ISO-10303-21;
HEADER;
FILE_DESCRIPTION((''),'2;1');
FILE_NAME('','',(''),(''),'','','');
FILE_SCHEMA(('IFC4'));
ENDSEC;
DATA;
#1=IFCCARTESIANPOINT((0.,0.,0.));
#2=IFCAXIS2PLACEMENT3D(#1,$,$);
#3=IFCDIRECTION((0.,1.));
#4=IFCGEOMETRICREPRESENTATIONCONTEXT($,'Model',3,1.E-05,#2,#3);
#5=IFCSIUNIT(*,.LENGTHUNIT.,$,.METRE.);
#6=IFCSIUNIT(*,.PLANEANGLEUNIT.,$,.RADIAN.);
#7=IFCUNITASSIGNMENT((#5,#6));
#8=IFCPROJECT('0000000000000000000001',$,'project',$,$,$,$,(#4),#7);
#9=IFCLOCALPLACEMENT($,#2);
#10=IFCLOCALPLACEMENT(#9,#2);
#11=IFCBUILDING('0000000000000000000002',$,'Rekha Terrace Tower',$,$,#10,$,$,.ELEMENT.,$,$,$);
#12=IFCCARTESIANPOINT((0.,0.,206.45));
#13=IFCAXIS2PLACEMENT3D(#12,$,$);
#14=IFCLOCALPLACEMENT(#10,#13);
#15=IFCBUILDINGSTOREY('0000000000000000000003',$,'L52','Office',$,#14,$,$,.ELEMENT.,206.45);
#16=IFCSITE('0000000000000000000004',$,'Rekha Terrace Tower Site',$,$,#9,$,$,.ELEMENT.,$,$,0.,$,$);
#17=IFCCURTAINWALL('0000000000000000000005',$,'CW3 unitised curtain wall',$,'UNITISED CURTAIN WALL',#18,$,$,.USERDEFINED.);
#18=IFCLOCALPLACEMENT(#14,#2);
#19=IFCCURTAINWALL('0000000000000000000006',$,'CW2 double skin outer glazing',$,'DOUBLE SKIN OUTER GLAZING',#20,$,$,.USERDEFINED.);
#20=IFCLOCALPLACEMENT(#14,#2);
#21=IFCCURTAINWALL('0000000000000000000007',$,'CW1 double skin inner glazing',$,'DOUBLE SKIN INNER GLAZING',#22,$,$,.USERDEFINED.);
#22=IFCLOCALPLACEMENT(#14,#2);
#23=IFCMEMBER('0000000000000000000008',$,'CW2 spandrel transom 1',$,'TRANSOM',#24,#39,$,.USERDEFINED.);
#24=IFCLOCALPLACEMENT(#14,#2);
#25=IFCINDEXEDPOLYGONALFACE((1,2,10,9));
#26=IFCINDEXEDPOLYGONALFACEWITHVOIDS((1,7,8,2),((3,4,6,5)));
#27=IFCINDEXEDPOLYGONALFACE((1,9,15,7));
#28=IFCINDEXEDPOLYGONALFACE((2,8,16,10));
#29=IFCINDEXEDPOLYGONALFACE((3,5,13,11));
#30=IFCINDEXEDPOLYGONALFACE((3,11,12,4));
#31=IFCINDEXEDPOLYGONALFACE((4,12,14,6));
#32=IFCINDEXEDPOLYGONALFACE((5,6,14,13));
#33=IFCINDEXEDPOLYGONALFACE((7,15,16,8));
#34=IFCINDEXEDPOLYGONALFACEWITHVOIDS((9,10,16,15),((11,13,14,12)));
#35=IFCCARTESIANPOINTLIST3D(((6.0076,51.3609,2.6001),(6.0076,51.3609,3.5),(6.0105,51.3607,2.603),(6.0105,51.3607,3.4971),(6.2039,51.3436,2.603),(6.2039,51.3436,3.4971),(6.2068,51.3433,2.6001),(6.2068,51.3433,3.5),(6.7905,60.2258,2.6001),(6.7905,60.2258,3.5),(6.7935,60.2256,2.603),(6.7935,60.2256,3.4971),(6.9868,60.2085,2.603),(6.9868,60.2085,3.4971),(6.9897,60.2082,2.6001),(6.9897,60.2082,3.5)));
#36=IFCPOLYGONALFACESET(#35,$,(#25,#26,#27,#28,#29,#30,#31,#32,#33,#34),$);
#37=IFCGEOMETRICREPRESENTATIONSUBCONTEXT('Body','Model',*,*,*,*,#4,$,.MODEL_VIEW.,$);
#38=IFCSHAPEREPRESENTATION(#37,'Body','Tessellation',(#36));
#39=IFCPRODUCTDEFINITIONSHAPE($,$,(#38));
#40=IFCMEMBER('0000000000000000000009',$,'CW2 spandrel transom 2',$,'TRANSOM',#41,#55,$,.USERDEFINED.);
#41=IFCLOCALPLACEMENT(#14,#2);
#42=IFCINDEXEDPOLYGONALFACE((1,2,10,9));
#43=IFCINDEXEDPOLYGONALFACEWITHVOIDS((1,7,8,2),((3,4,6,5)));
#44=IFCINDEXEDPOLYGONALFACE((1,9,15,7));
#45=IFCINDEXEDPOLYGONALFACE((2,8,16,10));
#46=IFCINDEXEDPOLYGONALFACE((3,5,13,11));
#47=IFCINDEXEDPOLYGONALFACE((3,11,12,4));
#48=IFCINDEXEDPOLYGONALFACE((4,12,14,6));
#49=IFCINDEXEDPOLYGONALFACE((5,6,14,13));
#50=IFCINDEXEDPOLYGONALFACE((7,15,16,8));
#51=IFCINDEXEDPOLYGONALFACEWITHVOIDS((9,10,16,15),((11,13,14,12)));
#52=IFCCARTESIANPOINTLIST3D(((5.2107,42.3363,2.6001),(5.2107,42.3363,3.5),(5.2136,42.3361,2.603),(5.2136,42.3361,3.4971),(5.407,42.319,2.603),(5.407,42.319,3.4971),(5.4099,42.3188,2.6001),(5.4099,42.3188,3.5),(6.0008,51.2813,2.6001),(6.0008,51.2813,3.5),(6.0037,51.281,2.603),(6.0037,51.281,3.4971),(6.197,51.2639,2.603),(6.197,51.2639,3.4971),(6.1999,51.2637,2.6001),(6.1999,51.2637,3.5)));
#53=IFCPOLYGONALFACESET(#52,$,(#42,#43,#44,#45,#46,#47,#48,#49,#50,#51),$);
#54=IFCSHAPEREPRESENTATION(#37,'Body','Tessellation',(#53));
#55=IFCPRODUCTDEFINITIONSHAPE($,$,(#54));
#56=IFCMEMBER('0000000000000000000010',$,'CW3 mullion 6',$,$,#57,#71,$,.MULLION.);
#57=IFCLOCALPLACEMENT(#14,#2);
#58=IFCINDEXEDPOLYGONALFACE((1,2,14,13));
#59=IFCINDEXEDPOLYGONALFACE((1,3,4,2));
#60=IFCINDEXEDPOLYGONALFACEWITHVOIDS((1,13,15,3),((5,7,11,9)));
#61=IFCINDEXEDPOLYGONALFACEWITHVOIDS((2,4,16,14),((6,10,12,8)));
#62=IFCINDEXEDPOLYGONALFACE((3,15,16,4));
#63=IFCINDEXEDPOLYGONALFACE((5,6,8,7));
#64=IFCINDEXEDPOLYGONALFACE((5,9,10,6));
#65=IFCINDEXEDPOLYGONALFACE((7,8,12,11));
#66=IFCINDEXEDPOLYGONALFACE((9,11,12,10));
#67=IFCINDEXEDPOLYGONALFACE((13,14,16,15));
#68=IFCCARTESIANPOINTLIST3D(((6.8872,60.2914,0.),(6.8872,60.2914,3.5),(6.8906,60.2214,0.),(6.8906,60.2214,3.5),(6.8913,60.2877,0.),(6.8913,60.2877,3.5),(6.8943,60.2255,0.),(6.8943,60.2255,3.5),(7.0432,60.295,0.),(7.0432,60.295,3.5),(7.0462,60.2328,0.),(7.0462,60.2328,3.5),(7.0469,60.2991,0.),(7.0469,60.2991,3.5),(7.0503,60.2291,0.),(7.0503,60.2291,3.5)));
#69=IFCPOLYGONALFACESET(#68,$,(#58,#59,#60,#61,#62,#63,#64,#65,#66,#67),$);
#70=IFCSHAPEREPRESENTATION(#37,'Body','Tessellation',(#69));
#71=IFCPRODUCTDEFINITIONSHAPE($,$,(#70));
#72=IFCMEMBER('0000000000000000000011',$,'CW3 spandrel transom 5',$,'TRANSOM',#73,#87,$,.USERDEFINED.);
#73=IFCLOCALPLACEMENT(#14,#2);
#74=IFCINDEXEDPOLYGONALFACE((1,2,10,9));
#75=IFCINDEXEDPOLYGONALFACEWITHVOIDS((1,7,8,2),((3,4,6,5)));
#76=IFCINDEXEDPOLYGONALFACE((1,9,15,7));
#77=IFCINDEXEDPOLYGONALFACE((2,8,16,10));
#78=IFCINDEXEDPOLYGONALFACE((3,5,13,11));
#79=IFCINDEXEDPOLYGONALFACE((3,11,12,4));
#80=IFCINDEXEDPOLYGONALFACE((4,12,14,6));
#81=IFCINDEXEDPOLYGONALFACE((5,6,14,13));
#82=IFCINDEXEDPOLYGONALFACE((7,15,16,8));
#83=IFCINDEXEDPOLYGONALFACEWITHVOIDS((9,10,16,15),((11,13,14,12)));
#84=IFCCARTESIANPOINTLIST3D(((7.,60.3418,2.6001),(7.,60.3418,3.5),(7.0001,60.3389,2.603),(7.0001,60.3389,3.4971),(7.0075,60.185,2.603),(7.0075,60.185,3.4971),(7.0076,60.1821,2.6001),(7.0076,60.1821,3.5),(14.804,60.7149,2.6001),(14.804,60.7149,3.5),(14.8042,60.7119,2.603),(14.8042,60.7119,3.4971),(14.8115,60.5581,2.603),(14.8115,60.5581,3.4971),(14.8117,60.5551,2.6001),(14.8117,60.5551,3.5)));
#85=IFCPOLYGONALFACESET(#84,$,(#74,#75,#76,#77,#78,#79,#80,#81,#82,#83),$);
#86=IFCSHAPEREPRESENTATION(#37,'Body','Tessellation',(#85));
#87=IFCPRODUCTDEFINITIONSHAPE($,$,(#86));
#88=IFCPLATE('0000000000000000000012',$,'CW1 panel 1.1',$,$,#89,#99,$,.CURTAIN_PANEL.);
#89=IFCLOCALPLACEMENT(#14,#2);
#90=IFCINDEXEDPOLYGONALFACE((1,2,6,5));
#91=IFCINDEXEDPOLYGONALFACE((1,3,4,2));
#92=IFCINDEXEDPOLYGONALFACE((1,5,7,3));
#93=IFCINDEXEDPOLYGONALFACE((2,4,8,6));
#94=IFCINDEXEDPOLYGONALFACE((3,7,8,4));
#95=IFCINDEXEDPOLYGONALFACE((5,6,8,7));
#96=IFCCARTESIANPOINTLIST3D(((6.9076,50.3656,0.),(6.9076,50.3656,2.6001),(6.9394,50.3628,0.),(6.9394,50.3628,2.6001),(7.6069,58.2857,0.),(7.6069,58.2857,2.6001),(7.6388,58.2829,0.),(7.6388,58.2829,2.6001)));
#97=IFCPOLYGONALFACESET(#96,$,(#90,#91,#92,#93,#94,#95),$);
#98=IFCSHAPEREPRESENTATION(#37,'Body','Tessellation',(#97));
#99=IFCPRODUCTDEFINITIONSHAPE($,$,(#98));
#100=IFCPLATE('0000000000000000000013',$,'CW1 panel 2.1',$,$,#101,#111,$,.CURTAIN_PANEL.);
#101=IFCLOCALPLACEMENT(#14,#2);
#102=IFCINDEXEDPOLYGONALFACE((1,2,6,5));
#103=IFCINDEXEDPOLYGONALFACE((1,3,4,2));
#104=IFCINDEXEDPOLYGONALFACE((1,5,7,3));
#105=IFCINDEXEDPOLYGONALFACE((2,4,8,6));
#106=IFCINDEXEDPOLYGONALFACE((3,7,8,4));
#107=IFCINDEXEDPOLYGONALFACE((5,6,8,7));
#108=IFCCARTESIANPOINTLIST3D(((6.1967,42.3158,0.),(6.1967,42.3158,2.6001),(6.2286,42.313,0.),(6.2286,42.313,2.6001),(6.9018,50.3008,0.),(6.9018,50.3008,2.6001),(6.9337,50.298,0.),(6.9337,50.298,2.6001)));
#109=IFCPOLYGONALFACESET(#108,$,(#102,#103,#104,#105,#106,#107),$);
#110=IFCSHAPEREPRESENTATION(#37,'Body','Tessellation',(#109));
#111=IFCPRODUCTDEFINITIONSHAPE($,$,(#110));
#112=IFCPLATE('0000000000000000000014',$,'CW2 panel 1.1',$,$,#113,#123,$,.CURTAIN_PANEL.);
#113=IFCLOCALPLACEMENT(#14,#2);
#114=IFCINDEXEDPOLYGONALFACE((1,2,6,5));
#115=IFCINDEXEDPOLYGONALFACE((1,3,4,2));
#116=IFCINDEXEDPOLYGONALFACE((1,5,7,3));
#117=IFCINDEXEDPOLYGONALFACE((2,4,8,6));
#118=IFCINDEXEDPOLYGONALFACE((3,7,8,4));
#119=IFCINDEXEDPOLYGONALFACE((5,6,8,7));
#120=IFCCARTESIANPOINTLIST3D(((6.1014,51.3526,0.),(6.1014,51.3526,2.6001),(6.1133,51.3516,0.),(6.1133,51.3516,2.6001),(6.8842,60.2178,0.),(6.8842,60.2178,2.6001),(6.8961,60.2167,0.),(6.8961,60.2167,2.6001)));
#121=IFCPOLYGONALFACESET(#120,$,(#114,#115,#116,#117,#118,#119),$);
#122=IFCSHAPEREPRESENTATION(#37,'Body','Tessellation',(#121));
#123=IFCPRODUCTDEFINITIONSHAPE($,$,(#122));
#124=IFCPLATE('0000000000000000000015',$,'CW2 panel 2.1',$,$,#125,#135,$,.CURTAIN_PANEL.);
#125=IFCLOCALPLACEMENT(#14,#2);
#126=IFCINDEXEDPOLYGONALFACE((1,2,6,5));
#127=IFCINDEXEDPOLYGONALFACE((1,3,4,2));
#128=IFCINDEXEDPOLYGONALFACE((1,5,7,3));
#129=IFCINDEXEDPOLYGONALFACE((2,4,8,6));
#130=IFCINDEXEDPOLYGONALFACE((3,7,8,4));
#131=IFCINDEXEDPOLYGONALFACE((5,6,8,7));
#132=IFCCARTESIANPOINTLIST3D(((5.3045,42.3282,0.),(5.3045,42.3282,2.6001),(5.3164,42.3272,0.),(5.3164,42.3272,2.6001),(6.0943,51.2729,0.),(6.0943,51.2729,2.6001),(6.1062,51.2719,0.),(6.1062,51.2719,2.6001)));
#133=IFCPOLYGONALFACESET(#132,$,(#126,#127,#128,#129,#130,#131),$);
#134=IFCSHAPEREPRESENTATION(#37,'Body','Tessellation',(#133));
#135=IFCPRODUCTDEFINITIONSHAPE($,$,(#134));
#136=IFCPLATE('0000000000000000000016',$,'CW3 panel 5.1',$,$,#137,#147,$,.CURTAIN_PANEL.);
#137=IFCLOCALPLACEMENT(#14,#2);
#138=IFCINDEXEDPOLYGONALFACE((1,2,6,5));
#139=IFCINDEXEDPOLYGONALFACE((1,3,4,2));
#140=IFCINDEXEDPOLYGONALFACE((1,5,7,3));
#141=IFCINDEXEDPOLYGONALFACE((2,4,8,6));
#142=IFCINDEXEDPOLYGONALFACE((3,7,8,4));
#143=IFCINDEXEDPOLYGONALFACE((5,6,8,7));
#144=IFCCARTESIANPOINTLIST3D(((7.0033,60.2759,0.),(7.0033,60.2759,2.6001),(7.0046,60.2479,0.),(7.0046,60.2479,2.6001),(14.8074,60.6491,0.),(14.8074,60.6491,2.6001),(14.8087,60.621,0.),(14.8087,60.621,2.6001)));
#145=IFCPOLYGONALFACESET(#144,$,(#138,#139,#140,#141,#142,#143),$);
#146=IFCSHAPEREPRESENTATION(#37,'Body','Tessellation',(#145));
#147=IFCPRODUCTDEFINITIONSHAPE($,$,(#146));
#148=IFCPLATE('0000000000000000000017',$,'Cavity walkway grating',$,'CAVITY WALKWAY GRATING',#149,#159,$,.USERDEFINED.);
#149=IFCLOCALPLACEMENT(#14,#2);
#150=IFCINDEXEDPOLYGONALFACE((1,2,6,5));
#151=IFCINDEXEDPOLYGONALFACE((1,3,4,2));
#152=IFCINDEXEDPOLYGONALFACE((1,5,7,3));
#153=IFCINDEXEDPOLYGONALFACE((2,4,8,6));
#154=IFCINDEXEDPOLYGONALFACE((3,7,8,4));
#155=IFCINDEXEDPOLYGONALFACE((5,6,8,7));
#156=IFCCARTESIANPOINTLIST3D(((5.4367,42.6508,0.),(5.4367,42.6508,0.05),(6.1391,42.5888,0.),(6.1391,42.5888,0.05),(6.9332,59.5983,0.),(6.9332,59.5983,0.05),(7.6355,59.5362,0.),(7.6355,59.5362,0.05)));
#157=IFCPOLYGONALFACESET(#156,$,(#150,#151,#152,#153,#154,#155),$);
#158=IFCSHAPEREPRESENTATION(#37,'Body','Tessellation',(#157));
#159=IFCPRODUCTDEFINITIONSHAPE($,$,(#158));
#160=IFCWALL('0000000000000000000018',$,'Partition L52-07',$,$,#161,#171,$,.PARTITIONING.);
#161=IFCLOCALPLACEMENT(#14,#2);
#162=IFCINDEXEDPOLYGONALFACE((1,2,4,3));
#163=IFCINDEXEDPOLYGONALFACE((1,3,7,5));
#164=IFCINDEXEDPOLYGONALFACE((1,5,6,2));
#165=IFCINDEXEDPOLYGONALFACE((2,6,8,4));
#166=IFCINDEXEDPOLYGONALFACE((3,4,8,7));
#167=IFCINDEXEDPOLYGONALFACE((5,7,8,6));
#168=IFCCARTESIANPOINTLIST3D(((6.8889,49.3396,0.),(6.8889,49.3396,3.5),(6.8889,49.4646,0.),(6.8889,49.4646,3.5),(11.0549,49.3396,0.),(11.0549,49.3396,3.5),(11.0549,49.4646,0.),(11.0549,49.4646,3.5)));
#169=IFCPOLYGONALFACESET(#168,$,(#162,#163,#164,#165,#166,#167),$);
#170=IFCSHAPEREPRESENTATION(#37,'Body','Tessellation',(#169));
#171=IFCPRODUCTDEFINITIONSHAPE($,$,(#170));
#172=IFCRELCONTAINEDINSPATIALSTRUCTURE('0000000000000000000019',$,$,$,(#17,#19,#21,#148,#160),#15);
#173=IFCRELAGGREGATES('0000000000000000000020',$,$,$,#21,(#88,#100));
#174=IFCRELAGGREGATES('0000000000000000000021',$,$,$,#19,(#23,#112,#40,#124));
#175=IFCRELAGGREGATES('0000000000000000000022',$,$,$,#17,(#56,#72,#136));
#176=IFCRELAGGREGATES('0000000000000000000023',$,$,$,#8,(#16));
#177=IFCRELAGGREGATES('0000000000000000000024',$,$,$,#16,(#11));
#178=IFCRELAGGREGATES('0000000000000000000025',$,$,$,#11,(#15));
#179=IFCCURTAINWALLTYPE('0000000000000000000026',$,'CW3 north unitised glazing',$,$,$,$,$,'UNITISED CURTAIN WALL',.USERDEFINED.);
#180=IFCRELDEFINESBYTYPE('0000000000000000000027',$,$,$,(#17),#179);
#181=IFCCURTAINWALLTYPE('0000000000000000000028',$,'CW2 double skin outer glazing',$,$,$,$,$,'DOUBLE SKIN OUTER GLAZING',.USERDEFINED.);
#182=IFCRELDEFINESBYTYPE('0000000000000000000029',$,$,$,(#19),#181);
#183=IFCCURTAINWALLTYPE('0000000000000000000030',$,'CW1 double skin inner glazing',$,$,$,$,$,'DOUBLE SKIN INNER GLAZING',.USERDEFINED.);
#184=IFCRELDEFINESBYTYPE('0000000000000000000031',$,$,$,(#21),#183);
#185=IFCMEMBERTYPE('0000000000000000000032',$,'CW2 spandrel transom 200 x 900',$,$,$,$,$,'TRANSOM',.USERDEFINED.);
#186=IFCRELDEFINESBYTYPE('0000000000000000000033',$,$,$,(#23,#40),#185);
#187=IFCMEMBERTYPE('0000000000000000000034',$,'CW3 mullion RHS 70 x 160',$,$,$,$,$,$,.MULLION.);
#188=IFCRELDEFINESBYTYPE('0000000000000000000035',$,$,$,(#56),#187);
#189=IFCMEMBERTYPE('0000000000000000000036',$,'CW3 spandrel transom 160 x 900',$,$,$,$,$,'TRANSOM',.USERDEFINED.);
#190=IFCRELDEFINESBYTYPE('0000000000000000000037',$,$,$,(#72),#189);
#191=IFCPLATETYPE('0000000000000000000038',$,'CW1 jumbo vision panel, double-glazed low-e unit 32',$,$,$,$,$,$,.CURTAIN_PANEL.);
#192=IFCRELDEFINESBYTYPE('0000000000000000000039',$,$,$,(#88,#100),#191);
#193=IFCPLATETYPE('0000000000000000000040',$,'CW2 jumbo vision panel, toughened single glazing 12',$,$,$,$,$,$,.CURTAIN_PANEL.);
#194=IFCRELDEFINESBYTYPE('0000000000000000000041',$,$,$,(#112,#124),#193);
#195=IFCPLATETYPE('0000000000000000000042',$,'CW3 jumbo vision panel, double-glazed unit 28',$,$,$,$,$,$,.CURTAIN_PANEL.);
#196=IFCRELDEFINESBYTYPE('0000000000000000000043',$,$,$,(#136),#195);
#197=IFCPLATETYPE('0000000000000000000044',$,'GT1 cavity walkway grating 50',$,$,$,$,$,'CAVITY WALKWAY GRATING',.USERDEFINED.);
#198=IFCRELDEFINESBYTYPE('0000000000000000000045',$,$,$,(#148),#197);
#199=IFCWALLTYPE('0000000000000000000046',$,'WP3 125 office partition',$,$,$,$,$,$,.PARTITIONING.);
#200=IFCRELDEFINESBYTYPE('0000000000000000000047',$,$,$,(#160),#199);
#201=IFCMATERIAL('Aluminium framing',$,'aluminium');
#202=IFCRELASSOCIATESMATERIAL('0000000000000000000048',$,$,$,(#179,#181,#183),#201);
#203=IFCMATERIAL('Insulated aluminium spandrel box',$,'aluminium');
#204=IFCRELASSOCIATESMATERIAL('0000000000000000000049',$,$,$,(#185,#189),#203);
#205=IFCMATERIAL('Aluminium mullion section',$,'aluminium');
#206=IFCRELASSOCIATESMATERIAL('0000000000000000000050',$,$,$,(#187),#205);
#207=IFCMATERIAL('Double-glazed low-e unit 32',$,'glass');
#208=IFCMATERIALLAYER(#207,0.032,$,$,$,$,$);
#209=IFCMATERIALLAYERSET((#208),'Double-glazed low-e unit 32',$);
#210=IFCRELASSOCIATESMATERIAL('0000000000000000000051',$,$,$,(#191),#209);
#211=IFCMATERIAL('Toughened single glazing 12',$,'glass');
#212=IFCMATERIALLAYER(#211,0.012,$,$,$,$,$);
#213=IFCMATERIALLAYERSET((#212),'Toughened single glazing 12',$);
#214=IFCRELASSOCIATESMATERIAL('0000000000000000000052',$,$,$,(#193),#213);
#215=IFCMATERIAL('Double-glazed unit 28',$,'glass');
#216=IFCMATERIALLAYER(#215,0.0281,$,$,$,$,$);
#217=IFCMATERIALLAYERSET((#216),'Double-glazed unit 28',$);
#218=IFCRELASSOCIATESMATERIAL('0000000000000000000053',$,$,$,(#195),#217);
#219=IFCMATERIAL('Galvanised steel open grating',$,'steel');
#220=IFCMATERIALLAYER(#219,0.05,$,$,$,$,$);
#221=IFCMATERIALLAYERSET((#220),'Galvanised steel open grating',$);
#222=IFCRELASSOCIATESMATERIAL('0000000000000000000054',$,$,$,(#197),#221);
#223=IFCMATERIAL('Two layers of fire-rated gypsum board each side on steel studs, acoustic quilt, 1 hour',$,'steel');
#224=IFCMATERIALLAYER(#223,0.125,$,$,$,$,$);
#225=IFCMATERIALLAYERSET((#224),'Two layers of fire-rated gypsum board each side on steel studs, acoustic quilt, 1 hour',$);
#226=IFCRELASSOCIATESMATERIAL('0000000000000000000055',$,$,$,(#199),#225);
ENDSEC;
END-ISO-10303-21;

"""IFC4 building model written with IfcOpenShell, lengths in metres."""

from ifc_helpers import new_model, si_unit, direction, frame, frame_2d, origin, origin_2d, place, context, subcontext, project, spatial, rectangle, hollow_rectangle, extrude, material, layer, layer_set, material_profile, profile_set, type_object, element, aggregate, save


model = new_model("IFC4")

# Units and contexts
model_context = context("Model", 3, precision=1e-05, world=origin(), true_north=direction((0.0, 1.0)))
body_context = subcontext(model_context, "Body", "Model", "MODEL_VIEW")
ifc_project = project(units=[si_unit("LENGTHUNIT", "METRE"), si_unit("PLANEANGLEUNIT", "RADIAN")], contexts=[model_context])

# Site, building, storey
site_placement = place(None, origin())
site = spatial("IfcSite", under=ifc_project, at=site_placement, Name="Rekha Terrace Tower Site", CompositionType="ELEMENT", RefElevation=0.0)
building_placement = place(site_placement, origin())
building = spatial("IfcBuilding", under=site, at=building_placement, Name="Rekha Terrace Tower", CompositionType="ELEMENT")
storey_placement = place(building_placement, frame((0.0, 0.0, 206.45)))
storey = spatial("IfcBuildingStorey", under=building, at=storey_placement, Name="L52", Description="Office", CompositionType="ELEMENT", Elevation=206.45)

# Curtain walls
ifc_material_1 = material(Name="Aluminium framing", Category="aluminium")
curtain_wall_type_1 = type_object("IfcCurtainWallType", Name="CW3 north unitised glazing", ElementType="UNITISED CURTAIN WALL", PredefinedType="USERDEFINED", material=ifc_material_1)
curtain_wall_1_placement = place(storey_placement, origin())
curtain_wall_1 = element("IfcCurtainWall", 1, at=curtain_wall_1_placement, inside=storey, type_object=curtain_wall_type_1, Name="CW3 unitised curtain wall", ObjectType="UNITISED CURTAIN WALL", PredefinedType="USERDEFINED")
curtain_wall_type_2 = type_object("IfcCurtainWallType", Name="CW2 double skin outer glazing", ElementType="DOUBLE SKIN OUTER GLAZING", PredefinedType="USERDEFINED", material=ifc_material_1)
curtain_wall_2_placement = place(storey_placement, origin())
curtain_wall_2 = element("IfcCurtainWall", 2, at=curtain_wall_2_placement, inside=storey, type_object=curtain_wall_type_2, Name="CW2 double skin outer glazing", ObjectType="DOUBLE SKIN OUTER GLAZING", PredefinedType="USERDEFINED")

# Curtain wall
curtain_wall_type_3 = type_object("IfcCurtainWallType", Name="CW1 double skin inner glazing", ElementType="DOUBLE SKIN INNER GLAZING", PredefinedType="USERDEFINED", material=ifc_material_1)
curtain_wall_3_placement = place(storey_placement, origin())
curtain_wall_3 = element("IfcCurtainWall", 3, at=curtain_wall_3_placement, inside=storey, type_object=curtain_wall_type_3, Name="CW1 double skin inner glazing", ObjectType="DOUBLE SKIN INNER GLAZING", PredefinedType="USERDEFINED")
ifc_material_2 = material(Name="Aluminium mullion section", Category="aluminium")
ifc_material_3 = material(Name="Insulated aluminium spandrel box", Category="aluminium")

# Members
ifc_material_profile_1 = material_profile(ifc_material_3, hollow_rectangle(XDim=0.2, YDim=0.8999, WallThickness=0.0029, at=origin_2d()), Name="AL SPANDREL BOX 200x900")
ifc_profile_set_1 = profile_set([ifc_material_profile_1], Name="Insulated aluminium spandrel box")
member_type_1 = type_object("IfcMemberType", Name="CW2 spandrel transom 200 x 900", ElementType="TRANSOM", PredefinedType="USERDEFINED", material=ifc_profile_set_1)
member_1_placement = place(storey_placement, frame((6.8901, 60.217, 3.05), z_axis=(-0.087978, -0.996122, 0.0), x_axis=(0.996122, -0.087978, 0.0)))
member_1 = element("IfcMember", 4, at=member_1_placement, type_object=member_type_1, Name="CW2 spandrel transom 1", ObjectType="TRANSOM", PredefinedType="USERDEFINED", context=body_context, shape_type="SweptSolid", body=[
    extrude(hollow_rectangle(XDim=0.2, YDim=0.8999, WallThickness=0.0029, at=origin_2d()), origin(), (0.0, 0.0, 1.0), 8.8994),
])
member_2_placement = place(storey_placement, frame((6.1003, 51.2725, 3.05), z_axis=(-0.087981, -0.996122, 0.0), x_axis=(0.996122, -0.087981, 0.0)))
member_2 = element("IfcMember", 5, at=member_2_placement, type_object=member_type_1, Name="CW2 spandrel transom 2", ObjectType="TRANSOM", PredefinedType="USERDEFINED", context=body_context, shape_type="SweptSolid", body=[
    extrude(hollow_rectangle(XDim=0.2, YDim=0.8999, WallThickness=0.0029, at=origin_2d()), origin(), (0.0, 0.0, 1.0), 8.9797),
])
ifc_material_profile_2 = material_profile(ifc_material_2, hollow_rectangle(XDim=0.0701, YDim=0.1599, WallThickness=0.0039, at=origin_2d()), Name="AL RHS 70x160")
ifc_profile_set_2 = profile_set([ifc_material_profile_2], Name="Aluminium mullion section")
member_type_2 = type_object("IfcMemberType", Name="CW3 mullion RHS 70 x 160", PredefinedType="MULLION", material=ifc_profile_set_2)
member_3_placement = place(storey_placement, frame((6.9688, 60.2603, 0.0), z_axis=(0.0, 0.0, 1.0), x_axis=(0.047759, -0.998859, 0.0)))
member_3 = element("IfcMember", 6, at=member_3_placement, type_object=member_type_2, Name="CW3 mullion 6", PredefinedType="MULLION", context=body_context, shape_type="SweptSolid", body=[
    extrude(hollow_rectangle(XDim=0.0701, YDim=0.1599, WallThickness=0.0039, at=origin_2d()), origin(), (0.0, 0.0, 1.0), 3.5),
])
ifc_material_profile_3 = material_profile(ifc_material_3, hollow_rectangle(XDim=0.1599, YDim=0.8999, WallThickness=0.0029, at=origin_2d()), Name="AL SPANDREL BOX 160x900")
ifc_profile_set_3 = profile_set([ifc_material_profile_3], Name="Insulated aluminium spandrel box")
member_type_3 = type_object("IfcMemberType", Name="CW3 spandrel transom 160 x 900", ElementType="TRANSOM", PredefinedType="USERDEFINED", material=ifc_profile_set_3)
member_4_placement = place(storey_placement, frame((14.8079, 60.635, 3.05), z_axis=(-0.998859, -0.047748, 0.0), x_axis=(0.047748, -0.998859, 0.0)))
member_4 = element("IfcMember", 7, at=member_4_placement, type_object=member_type_3, Name="CW3 spandrel transom 5", ObjectType="TRANSOM", PredefinedType="USERDEFINED", context=body_context, shape_type="SweptSolid", body=[
    extrude(hollow_rectangle(XDim=0.1599, YDim=0.8999, WallThickness=0.0029, at=origin_2d()), origin(), (0.0, 0.0, 1.0), 7.813),
])

# Plates
ifc_material_4 = material(Name="Double-glazed low-e unit 32", Category="glass")
ifc_layer_1 = layer(ifc_material_4, 0.032)
ifc_layer_set_1 = layer_set([ifc_layer_1], Name="Double-glazed low-e unit 32")
plate_type_1 = type_object("IfcPlateType", Name="CW1 jumbo vision panel, double-glazed low-e unit 32", PredefinedType="CURTAIN_PANEL", material=ifc_layer_set_1)
plate_1_placement = place(storey_placement, frame((7.2732, 54.3242, 0.0), z_axis=(0.0, 0.0, 1.0), x_axis=(-0.087958, -0.996124, 0.0)))
plate_1 = element("IfcPlate", 8, at=plate_1_placement, type_object=plate_type_1, Name="CW1 panel 1.1", PredefinedType="CURTAIN_PANEL", context=body_context, shape_type="SweptSolid", body=[
    extrude(rectangle(XDim=7.9509, YDim=0.032, at=origin_2d()), origin(), (0.0, 0.0, 1.0), 2.6001),
])
plate_2_placement = place(storey_placement, frame((6.5652, 46.3069, 0.0), z_axis=(0.0, 0.0, 1.0), x_axis=(-0.087958, -0.996124, 0.0)))
plate_2 = element("IfcPlate", 9, at=plate_2_placement, type_object=plate_type_1, Name="CW1 panel 2.1", PredefinedType="CURTAIN_PANEL", context=body_context, shape_type="SweptSolid", body=[
    extrude(rectangle(XDim=8.0161, YDim=0.032, at=origin_2d()), origin(), (0.0, 0.0, 1.0), 2.6001),
])
aggregate(curtain_wall_3, [plate_1, plate_2])
ifc_material_5 = material(Name="Toughened single glazing 12", Category="glass")
ifc_layer_2 = layer(ifc_material_5, 0.012)
ifc_layer_set_2 = layer_set([ifc_layer_2], Name="Toughened single glazing 12")
plate_type_2 = type_object("IfcPlateType", Name="CW2 jumbo vision panel, toughened single glazing 12", PredefinedType="CURTAIN_PANEL", material=ifc_layer_set_2)
plate_3_placement = place(storey_placement, frame((6.4988, 55.7847, 0.0), z_axis=(0.0, 0.0, 1.0), x_axis=(-0.087958, -0.996124, 0.0)))
plate_3 = element("IfcPlate", 10, at=plate_3_placement, type_object=plate_type_2, Name="CW2 panel 1.1", PredefinedType="CURTAIN_PANEL", context=body_context, shape_type="SweptSolid", body=[
    extrude(rectangle(XDim=8.8997, YDim=0.012, at=origin_2d()), origin(), (0.0, 0.0, 1.0), 2.6001),
])
plate_4_placement = place(storey_placement, frame((5.7053, 46.8, 0.0), z_axis=(0.0, 0.0, 1.0), x_axis=(-0.087958, -0.996124, 0.0)))
plate_4 = element("IfcPlate", 11, at=plate_4_placement, type_object=plate_type_2, Name="CW2 panel 2.1", PredefinedType="CURTAIN_PANEL", context=body_context, shape_type="SweptSolid", body=[
    extrude(rectangle(XDim=8.9795, YDim=0.012, at=origin_2d()), origin(), (0.0, 0.0, 1.0), 2.6001),
])
aggregate(curtain_wall_2, [member_1, plate_3, member_2, plate_4])
ifc_material_6 = material(Name="Double-glazed unit 28", Category="glass")
ifc_layer_3 = layer(ifc_material_6, 0.0281)
ifc_layer_set_3 = layer_set([ifc_layer_3], Name="Double-glazed unit 28")
plate_type_3 = type_object("IfcPlateType", Name="CW3 jumbo vision panel, double-glazed unit 28", PredefinedType="CURTAIN_PANEL", material=ifc_layer_set_3)
plate_5_placement = place(storey_placement, frame((10.906, 60.4485, 0.0), z_axis=(0.0, 0.0, 1.0), x_axis=(-0.998859, -0.047759, 0.0)))
plate_5 = element("IfcPlate", 12, at=plate_5_placement, type_object=plate_type_3, Name="CW3 panel 5.1", PredefinedType="CURTAIN_PANEL", context=body_context, shape_type="SweptSolid", body=[
    extrude(rectangle(XDim=7.813, YDim=0.0281, at=origin_2d()), origin(), (0.0, 0.0, 1.0), 2.6001),
])
aggregate(curtain_wall_1, [member_3, member_4, plate_5])
ifc_material_7 = material(Name="Galvanised steel open grating", Category="steel")
ifc_layer_4 = layer(ifc_material_7, 0.05)
ifc_layer_set_4 = layer_set([ifc_layer_4], Name="Galvanised steel open grating")
plate_type_4 = type_object("IfcPlateType", Name="GT1 cavity walkway grating 50", ElementType="CAVITY WALKWAY GRATING", PredefinedType="USERDEFINED", material=ifc_layer_set_4)
plate_6_placement = place(storey_placement, frame((6.5361, 51.0935, 0.0), z_axis=(0.0, 0.0, 1.0), x_axis=(-0.087958, -0.996124, 0.0)))
element("IfcPlate", 13, at=plate_6_placement, inside=storey, type_object=plate_type_4, Name="Cavity walkway grating", ObjectType="CAVITY WALKWAY GRATING", PredefinedType="USERDEFINED", context=body_context, shape_type="SweptSolid", body=[
    extrude(rectangle(XDim=17.0134, YDim=0.7051, at=origin_2d()), origin(), (0.0, 0.0, 1.0), 0.05),
])

# Wall
ifc_material_8 = material(Name="Two layers of fire-rated gypsum board each side on steel studs, acoustic quilt, 1 hour", Category="steel")
ifc_layer_5 = layer(ifc_material_8, 0.125)
ifc_layer_set_5 = layer_set([ifc_layer_5], Name="Two layers of fire-rated gypsum board each side on steel studs, acoustic quilt, 1 hour")
wall_type = type_object("IfcWallType", Name="WP3 125 office partition", PredefinedType="PARTITIONING", material=ifc_layer_set_5)
wall_1_placement = place(storey_placement, frame((11.0549, 49.4021, 0.0), z_axis=(0.0, 0.0, 1.0), x_axis=(-1.0, 0.0, 0.0)))
element("IfcWall", 14, at=wall_1_placement, inside=storey, type_object=wall_type, Name="Partition L52-07", PredefinedType="PARTITIONING", context=body_context, shape_type="SweptSolid", body=[
    extrude(rectangle(XDim=4.166, YDim=0.125, at=frame_2d((2.083, 0.0))), origin(), (0.0, 0.0, 1.0), 3.5),
])

save(model, "model.ifc")
